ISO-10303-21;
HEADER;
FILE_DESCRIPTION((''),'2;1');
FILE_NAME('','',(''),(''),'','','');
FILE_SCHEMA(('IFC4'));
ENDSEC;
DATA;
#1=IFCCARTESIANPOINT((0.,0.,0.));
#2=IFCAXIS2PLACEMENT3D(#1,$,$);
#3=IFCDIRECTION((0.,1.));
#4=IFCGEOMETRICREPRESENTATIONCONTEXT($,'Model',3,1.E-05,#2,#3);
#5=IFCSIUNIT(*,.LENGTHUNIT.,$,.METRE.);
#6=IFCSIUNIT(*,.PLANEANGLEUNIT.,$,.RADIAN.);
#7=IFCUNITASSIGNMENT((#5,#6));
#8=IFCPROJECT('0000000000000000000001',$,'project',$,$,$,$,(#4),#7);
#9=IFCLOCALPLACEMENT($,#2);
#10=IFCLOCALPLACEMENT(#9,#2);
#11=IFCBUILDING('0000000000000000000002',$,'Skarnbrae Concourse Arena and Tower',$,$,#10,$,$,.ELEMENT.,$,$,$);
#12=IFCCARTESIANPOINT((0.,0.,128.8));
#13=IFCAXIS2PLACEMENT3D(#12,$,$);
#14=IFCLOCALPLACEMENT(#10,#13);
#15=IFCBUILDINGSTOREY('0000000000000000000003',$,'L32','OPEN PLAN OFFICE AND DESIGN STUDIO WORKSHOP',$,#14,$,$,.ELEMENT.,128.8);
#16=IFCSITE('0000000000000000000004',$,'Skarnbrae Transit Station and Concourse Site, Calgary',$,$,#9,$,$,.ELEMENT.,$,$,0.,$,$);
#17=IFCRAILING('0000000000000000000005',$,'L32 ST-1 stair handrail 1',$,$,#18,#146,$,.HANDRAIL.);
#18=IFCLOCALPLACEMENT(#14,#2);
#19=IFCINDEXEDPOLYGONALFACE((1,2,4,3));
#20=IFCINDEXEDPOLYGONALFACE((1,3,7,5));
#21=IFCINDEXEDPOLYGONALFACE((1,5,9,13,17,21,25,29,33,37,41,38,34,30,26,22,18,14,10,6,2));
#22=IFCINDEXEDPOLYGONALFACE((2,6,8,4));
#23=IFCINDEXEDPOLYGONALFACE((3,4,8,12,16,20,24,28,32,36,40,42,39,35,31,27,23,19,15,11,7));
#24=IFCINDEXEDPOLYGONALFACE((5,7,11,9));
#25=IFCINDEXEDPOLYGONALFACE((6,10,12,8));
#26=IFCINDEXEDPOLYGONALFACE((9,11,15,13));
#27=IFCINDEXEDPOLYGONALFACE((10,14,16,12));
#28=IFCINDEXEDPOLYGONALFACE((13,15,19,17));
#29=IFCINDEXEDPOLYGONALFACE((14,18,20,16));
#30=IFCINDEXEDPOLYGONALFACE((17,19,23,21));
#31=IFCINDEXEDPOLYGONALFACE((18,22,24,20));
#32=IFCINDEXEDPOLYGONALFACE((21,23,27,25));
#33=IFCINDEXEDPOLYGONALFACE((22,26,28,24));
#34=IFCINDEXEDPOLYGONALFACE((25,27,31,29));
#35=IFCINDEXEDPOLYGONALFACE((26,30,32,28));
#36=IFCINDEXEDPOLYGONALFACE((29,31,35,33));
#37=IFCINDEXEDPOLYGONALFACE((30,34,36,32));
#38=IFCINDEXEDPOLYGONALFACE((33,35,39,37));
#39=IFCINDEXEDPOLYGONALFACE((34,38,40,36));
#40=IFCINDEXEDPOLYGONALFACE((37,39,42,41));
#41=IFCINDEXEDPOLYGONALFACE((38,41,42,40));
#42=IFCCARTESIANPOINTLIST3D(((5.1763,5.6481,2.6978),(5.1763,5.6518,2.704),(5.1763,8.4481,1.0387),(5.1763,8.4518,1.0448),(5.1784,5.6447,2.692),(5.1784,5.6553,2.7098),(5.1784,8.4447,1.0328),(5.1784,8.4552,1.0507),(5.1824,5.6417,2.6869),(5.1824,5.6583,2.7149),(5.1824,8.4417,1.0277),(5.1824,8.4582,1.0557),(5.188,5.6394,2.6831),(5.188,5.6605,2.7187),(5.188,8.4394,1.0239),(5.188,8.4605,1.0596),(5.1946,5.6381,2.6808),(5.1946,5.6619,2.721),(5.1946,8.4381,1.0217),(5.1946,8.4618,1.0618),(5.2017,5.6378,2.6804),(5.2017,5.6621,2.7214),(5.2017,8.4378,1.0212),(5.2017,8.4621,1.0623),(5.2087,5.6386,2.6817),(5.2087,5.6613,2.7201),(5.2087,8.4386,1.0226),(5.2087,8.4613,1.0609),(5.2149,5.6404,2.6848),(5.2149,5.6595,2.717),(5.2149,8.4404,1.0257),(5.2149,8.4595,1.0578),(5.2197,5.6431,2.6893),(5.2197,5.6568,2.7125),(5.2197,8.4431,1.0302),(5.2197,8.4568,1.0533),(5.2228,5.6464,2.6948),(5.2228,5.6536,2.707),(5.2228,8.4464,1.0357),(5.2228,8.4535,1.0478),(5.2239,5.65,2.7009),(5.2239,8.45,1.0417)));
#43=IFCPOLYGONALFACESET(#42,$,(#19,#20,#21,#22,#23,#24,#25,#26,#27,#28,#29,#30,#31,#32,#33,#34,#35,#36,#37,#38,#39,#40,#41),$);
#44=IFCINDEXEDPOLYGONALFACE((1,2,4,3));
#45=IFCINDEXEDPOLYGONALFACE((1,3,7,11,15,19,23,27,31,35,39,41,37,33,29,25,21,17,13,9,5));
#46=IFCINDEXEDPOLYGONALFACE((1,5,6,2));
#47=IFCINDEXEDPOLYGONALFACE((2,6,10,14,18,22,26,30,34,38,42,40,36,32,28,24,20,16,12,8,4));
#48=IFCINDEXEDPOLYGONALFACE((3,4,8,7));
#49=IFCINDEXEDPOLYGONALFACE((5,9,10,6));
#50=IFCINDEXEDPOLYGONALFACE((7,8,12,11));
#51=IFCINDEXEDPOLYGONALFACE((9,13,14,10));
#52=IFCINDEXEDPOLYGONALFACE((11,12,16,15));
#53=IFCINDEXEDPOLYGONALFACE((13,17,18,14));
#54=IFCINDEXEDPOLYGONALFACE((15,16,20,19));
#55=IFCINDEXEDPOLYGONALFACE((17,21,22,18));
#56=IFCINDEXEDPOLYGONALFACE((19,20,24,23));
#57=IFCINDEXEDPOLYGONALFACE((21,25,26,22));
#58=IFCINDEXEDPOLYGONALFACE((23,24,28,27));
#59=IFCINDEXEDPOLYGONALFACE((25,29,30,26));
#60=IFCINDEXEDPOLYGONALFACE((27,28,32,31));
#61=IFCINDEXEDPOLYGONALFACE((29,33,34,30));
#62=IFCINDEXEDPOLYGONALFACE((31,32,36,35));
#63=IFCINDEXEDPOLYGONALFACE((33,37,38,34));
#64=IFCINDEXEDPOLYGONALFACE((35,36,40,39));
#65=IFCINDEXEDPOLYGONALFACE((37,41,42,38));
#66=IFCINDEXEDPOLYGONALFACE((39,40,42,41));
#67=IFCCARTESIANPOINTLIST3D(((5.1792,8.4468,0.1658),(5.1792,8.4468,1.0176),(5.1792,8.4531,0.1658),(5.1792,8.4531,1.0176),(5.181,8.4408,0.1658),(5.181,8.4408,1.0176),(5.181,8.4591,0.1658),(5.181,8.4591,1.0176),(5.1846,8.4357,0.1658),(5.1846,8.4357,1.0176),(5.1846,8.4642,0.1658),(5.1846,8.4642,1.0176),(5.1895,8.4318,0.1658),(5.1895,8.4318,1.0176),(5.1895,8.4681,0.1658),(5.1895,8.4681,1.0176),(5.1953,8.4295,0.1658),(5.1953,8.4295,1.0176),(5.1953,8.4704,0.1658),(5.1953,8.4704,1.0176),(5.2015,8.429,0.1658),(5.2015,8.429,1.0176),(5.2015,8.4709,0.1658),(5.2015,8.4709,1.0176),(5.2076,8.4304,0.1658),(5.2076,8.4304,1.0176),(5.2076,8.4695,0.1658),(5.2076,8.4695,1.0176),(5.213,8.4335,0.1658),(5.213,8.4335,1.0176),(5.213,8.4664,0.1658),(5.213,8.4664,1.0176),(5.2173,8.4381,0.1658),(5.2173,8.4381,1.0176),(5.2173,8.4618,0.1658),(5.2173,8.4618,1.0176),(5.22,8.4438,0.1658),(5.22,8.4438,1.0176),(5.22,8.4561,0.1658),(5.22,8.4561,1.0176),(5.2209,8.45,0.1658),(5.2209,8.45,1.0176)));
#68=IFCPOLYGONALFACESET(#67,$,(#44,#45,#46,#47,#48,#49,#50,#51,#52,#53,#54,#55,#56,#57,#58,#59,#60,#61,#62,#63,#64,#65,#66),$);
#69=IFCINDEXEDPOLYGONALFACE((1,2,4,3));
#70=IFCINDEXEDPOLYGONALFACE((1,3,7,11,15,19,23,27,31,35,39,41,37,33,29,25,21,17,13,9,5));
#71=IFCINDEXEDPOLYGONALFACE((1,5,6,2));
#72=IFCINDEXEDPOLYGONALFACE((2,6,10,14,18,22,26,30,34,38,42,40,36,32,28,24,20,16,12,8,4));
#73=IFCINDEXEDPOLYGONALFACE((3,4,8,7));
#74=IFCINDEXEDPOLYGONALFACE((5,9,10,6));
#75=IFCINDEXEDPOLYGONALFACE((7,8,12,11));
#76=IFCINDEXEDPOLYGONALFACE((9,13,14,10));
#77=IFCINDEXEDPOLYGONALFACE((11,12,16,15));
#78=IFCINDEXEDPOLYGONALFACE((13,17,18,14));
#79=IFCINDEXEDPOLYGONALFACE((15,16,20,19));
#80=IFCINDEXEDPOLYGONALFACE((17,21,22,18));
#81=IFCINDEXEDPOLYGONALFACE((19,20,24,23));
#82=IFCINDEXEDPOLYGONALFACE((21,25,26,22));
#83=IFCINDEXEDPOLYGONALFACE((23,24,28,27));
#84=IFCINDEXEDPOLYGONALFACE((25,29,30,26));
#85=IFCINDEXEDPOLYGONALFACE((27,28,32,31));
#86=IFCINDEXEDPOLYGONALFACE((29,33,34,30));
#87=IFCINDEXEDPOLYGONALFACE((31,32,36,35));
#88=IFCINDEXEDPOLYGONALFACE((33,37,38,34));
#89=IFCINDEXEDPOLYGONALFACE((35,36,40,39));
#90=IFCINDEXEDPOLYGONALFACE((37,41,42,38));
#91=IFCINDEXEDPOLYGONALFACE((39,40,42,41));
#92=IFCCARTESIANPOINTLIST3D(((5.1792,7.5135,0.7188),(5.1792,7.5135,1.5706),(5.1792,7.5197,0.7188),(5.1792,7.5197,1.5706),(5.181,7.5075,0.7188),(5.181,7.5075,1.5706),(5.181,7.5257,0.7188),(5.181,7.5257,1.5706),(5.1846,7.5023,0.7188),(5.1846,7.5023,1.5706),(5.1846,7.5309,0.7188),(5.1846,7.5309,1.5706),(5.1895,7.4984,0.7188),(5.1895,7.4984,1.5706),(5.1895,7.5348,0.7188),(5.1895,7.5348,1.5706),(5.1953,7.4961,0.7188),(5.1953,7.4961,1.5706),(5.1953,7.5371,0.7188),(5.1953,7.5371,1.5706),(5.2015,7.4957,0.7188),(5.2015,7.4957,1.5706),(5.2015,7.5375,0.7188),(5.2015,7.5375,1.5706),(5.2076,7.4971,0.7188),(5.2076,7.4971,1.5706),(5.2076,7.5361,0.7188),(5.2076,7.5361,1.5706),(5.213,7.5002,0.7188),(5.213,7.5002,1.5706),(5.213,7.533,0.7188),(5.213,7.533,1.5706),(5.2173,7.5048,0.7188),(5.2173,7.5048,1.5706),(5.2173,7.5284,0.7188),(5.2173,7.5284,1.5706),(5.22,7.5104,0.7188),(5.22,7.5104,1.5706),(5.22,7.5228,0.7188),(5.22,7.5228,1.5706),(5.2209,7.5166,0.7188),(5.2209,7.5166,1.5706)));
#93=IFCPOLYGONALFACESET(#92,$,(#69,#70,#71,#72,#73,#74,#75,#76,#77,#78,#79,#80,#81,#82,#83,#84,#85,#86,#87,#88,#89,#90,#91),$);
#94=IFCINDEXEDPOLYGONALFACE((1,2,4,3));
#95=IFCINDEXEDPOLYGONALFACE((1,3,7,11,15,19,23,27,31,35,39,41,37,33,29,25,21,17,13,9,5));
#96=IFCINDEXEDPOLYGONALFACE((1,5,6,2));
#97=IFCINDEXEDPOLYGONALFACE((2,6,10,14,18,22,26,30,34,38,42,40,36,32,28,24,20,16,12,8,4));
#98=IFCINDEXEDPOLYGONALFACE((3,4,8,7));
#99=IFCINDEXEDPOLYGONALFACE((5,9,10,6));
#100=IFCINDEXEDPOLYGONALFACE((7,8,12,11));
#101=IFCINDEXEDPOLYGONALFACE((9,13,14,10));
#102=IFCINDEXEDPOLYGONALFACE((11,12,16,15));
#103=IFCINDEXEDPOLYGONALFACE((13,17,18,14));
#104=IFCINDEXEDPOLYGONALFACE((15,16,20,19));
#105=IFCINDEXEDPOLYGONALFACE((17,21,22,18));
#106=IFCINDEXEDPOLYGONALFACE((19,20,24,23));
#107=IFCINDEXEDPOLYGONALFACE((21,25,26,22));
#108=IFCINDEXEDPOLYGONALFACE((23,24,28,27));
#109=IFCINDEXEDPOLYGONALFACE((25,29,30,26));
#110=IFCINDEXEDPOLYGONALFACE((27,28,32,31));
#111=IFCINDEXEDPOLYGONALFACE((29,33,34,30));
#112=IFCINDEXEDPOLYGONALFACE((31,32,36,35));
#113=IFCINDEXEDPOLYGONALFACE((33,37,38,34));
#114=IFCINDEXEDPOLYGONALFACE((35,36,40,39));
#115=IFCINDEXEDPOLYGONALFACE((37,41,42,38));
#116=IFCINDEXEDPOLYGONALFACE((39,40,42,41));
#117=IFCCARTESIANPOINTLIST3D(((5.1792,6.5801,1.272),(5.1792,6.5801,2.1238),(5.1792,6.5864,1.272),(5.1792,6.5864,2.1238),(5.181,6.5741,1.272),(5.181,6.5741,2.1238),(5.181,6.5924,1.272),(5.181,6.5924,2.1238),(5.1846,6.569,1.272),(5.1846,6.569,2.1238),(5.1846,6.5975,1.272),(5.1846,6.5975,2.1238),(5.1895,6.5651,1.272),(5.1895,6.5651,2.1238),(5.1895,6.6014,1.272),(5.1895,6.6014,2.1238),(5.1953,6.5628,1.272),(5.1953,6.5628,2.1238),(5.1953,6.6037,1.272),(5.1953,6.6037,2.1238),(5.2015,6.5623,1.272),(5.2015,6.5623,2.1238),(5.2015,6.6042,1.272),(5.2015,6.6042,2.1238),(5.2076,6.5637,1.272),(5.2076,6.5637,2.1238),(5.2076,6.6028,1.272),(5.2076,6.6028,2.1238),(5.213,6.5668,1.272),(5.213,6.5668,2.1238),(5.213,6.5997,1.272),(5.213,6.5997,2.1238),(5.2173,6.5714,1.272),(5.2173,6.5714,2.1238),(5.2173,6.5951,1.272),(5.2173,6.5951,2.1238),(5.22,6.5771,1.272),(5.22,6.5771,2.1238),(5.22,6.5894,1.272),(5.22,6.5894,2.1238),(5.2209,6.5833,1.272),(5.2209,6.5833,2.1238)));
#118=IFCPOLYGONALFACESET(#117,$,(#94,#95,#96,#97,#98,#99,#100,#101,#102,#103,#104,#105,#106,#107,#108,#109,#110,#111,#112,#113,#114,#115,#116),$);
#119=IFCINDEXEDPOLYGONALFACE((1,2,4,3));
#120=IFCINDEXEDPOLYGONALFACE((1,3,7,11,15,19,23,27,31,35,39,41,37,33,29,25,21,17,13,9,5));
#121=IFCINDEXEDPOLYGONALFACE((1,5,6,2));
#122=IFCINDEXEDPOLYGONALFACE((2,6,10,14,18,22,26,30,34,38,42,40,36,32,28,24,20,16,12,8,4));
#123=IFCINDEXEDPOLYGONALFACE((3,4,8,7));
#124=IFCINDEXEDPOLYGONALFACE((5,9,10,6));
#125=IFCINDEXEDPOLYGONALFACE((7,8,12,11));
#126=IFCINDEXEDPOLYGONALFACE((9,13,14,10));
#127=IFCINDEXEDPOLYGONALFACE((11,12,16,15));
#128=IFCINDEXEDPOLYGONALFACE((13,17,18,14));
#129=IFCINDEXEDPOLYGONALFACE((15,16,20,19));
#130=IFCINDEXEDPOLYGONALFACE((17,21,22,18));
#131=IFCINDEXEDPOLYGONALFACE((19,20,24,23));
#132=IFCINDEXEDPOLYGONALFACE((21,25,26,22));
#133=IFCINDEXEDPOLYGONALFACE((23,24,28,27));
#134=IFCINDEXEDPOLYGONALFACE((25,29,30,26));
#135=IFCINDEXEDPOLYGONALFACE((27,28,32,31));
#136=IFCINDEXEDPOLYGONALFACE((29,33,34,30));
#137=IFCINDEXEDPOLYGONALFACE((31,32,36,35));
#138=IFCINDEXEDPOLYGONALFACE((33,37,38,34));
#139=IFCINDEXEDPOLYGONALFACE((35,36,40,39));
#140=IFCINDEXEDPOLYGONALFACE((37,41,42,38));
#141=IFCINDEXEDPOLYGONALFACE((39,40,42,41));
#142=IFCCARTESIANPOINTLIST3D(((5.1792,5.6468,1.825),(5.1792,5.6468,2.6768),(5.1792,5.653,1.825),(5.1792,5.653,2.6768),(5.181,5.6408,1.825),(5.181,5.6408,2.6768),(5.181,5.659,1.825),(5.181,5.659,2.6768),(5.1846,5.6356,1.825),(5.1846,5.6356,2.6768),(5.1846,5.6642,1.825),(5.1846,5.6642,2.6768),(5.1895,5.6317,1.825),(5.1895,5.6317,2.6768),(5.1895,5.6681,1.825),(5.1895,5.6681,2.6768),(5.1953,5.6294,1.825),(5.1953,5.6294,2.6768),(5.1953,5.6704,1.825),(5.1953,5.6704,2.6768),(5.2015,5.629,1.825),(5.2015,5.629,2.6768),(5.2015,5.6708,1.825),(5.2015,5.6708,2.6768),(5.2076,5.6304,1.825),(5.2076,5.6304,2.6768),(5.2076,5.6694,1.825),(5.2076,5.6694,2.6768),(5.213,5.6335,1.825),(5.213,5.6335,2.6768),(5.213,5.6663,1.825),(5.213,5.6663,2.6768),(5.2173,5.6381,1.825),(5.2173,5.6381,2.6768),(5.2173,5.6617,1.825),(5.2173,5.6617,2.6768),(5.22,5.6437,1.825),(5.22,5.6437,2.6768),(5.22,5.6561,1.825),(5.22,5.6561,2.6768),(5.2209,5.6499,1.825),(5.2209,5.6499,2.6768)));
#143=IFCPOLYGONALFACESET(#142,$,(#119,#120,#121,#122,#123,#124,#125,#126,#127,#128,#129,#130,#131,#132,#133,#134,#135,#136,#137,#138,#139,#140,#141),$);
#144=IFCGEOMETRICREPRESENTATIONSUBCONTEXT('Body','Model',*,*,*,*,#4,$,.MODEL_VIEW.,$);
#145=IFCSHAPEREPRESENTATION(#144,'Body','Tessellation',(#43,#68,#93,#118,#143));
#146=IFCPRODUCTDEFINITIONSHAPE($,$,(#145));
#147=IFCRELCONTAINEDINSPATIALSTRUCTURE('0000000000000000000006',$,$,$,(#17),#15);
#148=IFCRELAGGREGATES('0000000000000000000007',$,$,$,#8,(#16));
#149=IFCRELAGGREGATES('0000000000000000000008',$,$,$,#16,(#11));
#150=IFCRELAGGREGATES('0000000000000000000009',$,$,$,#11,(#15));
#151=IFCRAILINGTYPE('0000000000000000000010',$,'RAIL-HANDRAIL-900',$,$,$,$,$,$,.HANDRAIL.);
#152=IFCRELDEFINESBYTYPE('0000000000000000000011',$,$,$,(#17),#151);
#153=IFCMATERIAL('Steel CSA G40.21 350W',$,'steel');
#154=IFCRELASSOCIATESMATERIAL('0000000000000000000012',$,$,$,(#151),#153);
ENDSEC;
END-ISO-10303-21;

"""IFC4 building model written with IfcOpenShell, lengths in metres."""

from ifc_helpers import new_model, si_unit, direction, frame, origin, origin_2d, place, context, subcontext, project, spatial, circle, extrude, material, type_object, element, save


model = new_model("IFC4")

# Units and contexts
model_context = context("Model", 3, precision=1e-05, world=origin(), true_north=direction((0.0, 1.0)))
body_context = subcontext(model_context, "Body", "Model", "MODEL_VIEW")
ifc_project = project(units=[si_unit("LENGTHUNIT", "METRE"), si_unit("PLANEANGLEUNIT", "RADIAN")], contexts=[model_context])

# Site, building, storey
site_placement = place(None, origin())
site = spatial("IfcSite", under=ifc_project, at=site_placement, Name="Skarnbrae Transit Station and Concourse Site, Calgary", CompositionType="ELEMENT", RefElevation=0.0)
building_placement = place(site_placement, origin())
building = spatial("IfcBuilding", under=site, at=building_placement, Name="Skarnbrae Concourse Arena and Tower", CompositionType="ELEMENT")
storey_placement = place(building_placement, frame((0.0, 0.0, 128.8)))
storey = spatial("IfcBuildingStorey", under=building, at=storey_placement, Name="L32", Description="OPEN PLAN OFFICE AND DESIGN STUDIO WORKSHOP", CompositionType="ELEMENT", Elevation=128.8)

# Shared definitions
ifc_material_1 = material(Name="Steel CSA G40.21 350W", Category="steel")

# Railing
railing_type_1 = type_object("IfcRailingType", Name="RAIL-HANDRAIL-900", PredefinedType="HANDRAIL", material=ifc_material_1)
railing_1_placement = place(storey_placement, frame((5.2, 8.45, 0.1658)))
element("IfcRailing", 1, at=railing_1_placement, inside=storey, type_object=railing_type_1, Name="L32 ST-1 stair handrail 1", PredefinedType="HANDRAIL", context=body_context, shape_type="SweptSolid", body=[
    extrude(circle(Radius=0.0239, at=origin_2d()), frame((0.0, 0.0, 0.876), z_axis=(0.0, -0.860306, 0.509778), x_axis=(1.0, 0.0, 0.0)), (0.0, 0.0, 1.0), 3.2546),
    extrude(circle(Radius=0.021, at=origin_2d()), origin(), (0.0, 0.0, 1.0), 0.8518),
    extrude(circle(Radius=0.021, at=origin_2d()), frame((0.0, -0.9333, 0.553)), (0.0, 0.0, 1.0), 0.8518),
    extrude(circle(Radius=0.021, at=origin_2d()), frame((0.0, -1.8667, 1.1062)), (0.0, 0.0, 1.0), 0.8518),
    extrude(circle(Radius=0.021, at=origin_2d()), frame((0.0, -2.8, 1.6592)), (0.0, 0.0, 1.0), 0.8518),
])

save(model, "model.ifc")
